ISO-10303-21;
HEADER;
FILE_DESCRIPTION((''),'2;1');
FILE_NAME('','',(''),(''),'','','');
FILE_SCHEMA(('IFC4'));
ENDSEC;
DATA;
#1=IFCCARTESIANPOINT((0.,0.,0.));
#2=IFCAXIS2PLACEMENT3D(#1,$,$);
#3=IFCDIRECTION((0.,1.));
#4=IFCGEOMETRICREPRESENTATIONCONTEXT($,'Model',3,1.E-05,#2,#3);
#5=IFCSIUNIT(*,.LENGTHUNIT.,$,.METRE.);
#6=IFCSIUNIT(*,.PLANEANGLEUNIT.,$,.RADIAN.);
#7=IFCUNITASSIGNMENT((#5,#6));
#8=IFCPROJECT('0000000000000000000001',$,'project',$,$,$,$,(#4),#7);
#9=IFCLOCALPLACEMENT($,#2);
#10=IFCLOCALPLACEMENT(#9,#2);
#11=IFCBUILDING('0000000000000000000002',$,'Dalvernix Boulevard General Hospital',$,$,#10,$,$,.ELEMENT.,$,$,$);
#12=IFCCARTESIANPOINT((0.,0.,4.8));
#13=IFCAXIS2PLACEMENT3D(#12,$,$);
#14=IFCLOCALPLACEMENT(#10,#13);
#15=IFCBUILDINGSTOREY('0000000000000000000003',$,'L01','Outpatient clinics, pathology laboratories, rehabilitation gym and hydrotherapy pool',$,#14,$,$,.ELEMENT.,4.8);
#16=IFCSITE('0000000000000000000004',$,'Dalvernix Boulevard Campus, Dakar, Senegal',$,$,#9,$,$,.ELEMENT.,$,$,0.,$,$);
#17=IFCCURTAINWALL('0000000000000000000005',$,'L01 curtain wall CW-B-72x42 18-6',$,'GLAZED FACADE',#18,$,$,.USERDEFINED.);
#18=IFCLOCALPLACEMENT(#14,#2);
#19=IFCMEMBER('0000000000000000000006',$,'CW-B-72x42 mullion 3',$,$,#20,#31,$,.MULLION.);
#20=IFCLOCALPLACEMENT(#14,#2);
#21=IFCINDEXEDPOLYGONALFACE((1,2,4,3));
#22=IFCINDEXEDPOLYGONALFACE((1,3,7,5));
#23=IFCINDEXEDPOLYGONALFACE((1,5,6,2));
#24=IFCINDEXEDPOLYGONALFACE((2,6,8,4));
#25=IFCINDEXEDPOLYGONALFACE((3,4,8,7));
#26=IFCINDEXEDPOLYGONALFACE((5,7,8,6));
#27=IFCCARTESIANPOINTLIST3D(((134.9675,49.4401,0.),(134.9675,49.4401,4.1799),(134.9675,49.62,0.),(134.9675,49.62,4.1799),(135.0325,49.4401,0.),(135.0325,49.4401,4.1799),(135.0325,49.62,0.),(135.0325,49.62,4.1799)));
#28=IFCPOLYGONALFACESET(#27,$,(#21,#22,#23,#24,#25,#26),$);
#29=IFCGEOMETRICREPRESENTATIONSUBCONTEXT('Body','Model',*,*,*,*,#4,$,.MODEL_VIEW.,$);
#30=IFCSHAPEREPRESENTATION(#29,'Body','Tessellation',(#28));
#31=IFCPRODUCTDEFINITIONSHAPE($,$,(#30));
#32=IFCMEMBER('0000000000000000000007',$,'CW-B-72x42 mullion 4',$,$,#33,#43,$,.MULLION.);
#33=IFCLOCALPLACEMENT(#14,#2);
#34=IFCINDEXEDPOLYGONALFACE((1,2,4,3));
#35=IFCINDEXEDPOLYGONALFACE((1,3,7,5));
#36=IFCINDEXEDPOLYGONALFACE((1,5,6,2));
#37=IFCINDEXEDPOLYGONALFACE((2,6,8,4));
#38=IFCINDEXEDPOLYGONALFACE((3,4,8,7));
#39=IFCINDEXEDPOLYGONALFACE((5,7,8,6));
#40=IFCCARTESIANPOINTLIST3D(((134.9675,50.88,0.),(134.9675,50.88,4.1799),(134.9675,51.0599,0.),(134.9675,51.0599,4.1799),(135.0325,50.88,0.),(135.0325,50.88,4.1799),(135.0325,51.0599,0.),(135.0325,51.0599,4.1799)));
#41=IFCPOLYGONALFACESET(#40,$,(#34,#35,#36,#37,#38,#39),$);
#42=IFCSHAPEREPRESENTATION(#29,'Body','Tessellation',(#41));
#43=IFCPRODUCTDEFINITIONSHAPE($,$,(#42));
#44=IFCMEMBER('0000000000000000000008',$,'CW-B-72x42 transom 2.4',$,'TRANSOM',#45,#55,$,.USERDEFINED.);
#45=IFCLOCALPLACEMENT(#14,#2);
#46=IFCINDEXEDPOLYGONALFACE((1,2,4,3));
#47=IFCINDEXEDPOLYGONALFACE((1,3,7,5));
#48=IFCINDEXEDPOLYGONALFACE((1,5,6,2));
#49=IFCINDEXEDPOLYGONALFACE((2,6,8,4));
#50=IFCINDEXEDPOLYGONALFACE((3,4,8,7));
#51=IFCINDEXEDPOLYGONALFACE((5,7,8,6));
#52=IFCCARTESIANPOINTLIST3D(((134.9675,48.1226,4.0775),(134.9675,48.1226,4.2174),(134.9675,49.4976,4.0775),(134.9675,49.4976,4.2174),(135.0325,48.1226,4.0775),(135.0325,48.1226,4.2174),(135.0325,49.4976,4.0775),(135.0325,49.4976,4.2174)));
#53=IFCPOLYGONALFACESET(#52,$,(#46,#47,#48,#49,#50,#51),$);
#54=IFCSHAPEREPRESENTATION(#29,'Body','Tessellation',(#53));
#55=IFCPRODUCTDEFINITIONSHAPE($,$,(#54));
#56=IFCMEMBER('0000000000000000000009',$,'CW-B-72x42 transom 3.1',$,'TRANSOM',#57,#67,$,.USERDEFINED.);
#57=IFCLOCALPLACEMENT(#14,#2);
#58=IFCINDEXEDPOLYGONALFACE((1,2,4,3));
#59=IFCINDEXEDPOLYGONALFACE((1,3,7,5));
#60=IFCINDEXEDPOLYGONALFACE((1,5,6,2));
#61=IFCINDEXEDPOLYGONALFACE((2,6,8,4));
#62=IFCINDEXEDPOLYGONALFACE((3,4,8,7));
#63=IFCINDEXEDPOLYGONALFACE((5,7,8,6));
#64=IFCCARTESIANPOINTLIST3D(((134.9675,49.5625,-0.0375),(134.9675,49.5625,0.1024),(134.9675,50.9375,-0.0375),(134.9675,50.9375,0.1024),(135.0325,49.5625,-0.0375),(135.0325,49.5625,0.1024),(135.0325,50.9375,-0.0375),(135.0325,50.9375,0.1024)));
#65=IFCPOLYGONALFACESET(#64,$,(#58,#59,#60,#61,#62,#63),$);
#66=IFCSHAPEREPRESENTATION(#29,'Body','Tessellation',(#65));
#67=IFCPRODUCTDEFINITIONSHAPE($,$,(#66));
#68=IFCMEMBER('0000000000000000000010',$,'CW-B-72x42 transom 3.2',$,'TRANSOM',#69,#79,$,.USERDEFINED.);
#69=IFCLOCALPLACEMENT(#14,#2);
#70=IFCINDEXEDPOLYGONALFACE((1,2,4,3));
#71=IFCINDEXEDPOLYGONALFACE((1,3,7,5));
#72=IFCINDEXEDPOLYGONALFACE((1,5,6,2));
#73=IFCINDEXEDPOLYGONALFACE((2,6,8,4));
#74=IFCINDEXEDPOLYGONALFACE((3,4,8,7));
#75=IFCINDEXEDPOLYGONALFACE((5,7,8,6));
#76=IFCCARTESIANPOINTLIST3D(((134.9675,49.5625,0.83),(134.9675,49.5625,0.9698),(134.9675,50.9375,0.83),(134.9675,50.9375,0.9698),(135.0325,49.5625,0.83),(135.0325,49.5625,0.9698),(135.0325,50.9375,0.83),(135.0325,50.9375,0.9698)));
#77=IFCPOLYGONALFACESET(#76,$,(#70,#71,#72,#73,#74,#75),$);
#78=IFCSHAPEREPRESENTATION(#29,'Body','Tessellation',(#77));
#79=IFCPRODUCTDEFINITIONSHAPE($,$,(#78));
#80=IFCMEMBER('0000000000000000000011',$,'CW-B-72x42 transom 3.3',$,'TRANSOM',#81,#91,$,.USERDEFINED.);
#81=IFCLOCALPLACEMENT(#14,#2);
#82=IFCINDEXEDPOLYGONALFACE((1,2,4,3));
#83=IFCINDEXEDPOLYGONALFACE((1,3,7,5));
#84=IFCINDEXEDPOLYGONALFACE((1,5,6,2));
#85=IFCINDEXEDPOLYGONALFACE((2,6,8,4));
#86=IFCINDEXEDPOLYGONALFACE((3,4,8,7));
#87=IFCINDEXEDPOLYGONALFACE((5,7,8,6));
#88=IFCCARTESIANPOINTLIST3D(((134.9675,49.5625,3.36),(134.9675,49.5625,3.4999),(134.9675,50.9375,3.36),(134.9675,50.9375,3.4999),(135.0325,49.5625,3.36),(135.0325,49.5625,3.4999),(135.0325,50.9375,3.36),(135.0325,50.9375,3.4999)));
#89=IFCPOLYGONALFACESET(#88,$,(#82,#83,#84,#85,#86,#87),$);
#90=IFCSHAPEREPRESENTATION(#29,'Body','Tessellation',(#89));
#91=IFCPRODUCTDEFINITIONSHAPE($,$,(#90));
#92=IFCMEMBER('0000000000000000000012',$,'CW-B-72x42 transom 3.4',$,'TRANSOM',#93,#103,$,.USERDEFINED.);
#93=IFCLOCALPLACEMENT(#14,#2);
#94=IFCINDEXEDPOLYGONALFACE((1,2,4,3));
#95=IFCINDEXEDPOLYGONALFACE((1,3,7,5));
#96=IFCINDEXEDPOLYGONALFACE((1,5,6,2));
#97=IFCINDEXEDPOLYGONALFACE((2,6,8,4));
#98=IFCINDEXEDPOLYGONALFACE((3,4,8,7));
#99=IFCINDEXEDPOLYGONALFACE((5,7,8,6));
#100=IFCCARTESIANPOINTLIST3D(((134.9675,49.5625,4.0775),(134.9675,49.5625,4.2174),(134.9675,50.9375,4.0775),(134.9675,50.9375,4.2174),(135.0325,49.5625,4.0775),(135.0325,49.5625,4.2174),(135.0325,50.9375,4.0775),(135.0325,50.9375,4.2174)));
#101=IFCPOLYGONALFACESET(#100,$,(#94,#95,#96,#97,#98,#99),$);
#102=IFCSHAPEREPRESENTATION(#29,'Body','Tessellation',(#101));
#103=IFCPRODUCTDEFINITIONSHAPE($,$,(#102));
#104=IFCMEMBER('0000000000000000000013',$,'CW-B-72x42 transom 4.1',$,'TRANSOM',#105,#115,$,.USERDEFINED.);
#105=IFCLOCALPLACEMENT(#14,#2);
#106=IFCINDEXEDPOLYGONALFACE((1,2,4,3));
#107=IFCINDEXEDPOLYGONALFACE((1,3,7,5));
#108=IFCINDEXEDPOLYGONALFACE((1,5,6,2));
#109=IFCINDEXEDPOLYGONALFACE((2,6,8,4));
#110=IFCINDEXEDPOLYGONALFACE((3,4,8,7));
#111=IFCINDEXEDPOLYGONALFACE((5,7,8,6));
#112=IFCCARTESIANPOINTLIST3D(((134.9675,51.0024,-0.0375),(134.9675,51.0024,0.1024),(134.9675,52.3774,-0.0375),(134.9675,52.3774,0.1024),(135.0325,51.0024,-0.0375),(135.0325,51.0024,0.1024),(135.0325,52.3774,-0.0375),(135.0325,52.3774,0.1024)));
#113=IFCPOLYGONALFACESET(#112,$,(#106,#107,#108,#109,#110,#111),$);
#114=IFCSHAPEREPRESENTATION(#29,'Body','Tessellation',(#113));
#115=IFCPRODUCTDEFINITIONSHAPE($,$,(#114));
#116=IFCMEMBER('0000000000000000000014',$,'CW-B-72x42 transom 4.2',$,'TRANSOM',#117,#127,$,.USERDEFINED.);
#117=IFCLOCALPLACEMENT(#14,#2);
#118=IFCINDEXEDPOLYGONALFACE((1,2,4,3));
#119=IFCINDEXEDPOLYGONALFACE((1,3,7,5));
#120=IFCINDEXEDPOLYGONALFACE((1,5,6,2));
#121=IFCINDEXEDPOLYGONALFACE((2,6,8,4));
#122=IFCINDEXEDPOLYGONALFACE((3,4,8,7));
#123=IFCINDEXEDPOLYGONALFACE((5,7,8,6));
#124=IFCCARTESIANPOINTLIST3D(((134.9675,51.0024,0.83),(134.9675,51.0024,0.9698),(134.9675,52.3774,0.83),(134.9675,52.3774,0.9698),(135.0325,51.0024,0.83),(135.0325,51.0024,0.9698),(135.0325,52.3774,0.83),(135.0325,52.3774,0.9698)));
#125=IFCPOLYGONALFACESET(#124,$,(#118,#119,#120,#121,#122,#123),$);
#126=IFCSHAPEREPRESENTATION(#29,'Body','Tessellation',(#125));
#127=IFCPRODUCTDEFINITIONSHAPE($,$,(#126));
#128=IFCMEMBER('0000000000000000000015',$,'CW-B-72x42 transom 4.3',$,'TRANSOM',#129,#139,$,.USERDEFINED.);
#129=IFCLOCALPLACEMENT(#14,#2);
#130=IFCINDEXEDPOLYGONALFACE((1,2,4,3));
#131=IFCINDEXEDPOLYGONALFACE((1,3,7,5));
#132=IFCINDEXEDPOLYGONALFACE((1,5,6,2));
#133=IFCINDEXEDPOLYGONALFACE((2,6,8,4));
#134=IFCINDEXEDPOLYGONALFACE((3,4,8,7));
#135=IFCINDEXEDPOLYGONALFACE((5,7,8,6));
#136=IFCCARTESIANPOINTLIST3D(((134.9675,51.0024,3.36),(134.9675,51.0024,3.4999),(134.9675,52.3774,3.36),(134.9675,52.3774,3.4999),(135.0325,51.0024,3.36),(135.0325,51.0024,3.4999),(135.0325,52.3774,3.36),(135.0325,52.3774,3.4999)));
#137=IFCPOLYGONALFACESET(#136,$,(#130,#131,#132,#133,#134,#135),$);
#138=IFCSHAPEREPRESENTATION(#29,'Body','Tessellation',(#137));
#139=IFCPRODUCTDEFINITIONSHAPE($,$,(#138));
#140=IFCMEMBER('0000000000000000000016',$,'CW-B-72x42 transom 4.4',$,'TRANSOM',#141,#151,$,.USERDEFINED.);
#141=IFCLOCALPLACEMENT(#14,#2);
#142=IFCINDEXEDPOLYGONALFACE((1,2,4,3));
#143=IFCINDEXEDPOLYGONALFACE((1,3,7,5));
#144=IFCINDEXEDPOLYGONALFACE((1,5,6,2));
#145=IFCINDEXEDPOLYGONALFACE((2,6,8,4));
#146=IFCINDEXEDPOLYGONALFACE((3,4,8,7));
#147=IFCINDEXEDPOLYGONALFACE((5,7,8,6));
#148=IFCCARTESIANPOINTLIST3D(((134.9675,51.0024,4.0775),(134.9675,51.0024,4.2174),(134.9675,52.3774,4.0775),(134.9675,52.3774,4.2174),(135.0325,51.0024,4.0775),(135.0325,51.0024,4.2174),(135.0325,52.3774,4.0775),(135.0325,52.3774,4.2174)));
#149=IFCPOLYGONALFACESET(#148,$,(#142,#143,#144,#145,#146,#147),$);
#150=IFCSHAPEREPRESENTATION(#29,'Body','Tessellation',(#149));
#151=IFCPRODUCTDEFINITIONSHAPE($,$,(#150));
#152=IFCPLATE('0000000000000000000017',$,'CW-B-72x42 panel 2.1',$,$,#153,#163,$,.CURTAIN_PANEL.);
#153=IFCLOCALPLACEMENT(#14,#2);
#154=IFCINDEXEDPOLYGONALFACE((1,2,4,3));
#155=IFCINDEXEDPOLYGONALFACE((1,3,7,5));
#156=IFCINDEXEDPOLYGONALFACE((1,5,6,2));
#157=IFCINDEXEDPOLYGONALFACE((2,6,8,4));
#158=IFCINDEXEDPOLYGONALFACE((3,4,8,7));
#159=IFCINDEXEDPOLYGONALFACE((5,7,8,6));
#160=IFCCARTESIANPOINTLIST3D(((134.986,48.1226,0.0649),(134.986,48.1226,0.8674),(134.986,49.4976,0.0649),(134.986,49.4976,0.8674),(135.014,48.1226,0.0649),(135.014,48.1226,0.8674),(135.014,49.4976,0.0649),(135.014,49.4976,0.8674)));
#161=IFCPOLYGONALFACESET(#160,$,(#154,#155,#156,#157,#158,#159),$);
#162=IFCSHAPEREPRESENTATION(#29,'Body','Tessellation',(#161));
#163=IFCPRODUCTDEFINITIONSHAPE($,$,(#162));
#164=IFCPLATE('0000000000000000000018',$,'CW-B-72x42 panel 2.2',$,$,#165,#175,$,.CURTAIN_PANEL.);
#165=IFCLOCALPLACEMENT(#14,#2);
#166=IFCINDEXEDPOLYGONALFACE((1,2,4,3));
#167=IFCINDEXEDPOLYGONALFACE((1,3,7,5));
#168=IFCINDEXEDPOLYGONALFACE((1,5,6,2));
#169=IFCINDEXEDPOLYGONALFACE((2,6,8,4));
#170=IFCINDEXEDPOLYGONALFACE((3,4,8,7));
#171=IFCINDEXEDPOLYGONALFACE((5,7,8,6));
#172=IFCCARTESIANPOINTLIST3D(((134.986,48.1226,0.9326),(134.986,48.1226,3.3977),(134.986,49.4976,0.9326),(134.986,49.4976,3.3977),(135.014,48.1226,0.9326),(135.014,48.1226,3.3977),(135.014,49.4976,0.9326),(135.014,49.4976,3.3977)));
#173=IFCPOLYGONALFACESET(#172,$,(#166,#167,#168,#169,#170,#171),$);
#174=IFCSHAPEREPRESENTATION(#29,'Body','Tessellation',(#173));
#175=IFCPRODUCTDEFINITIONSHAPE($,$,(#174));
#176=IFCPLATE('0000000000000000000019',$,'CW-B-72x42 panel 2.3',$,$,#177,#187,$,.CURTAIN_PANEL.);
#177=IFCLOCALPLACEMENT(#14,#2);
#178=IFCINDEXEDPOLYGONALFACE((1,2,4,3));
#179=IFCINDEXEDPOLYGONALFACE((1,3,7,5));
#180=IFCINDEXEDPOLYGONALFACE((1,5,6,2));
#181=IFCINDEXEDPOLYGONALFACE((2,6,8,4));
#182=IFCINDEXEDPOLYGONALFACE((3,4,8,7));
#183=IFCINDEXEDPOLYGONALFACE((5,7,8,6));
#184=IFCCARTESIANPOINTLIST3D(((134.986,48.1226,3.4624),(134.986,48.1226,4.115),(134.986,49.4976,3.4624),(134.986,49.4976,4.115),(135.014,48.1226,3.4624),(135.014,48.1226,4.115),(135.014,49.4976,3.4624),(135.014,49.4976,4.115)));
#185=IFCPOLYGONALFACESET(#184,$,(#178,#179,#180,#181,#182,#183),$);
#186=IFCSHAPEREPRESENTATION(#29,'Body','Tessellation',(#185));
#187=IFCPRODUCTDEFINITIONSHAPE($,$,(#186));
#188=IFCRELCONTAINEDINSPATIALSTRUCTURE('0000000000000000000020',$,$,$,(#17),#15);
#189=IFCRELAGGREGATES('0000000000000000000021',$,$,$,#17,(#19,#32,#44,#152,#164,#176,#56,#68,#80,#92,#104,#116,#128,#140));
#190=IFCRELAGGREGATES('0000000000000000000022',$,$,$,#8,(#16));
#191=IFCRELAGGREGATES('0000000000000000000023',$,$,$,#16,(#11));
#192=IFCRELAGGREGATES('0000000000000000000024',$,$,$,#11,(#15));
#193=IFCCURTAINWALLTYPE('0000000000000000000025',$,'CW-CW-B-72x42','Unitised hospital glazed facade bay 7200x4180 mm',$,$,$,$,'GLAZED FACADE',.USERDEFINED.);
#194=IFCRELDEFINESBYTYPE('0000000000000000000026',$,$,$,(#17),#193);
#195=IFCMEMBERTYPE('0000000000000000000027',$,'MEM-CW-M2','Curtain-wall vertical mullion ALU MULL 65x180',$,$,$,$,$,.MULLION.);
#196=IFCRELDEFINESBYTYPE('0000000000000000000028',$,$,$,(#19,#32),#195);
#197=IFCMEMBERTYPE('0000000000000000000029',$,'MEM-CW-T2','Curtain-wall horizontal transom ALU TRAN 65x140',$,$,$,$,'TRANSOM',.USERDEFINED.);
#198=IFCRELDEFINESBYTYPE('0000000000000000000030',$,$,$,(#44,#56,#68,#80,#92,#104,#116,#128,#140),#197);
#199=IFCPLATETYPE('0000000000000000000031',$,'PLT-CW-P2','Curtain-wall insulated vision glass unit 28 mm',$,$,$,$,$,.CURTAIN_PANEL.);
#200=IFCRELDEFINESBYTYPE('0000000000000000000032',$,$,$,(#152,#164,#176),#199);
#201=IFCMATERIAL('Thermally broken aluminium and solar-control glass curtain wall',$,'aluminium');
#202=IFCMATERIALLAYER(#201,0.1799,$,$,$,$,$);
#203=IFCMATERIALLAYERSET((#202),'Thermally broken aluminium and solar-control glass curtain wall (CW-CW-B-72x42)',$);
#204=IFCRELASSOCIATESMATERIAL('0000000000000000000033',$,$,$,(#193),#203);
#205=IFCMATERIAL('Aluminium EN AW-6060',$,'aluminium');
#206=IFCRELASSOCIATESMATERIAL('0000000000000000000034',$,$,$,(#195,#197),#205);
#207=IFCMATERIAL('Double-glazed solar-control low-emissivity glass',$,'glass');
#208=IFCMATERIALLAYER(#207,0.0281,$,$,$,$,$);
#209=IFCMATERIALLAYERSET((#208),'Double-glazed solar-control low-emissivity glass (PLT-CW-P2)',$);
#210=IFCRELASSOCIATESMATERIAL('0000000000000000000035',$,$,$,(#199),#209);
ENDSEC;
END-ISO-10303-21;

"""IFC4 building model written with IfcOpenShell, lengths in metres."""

from ifc_helpers import new_model, si_unit, direction, frame, origin, origin_2d, place, context, subcontext, project, spatial, rectangle, extrude, material, layer, layer_set, material_profile, profile_set, type_object, element, aggregate, save


model = new_model("IFC4")

# Units and contexts
model_context = context("Model", 3, precision=1e-05, world=origin(), true_north=direction((0.0, 1.0)))
body_context = subcontext(model_context, "Body", "Model", "MODEL_VIEW")
ifc_project = project(units=[si_unit("LENGTHUNIT", "METRE"), si_unit("PLANEANGLEUNIT", "RADIAN")], contexts=[model_context])

# Site, building, storey
site_placement = place(None, origin())
site = spatial("IfcSite", under=ifc_project, at=site_placement, Name="Dalvernix Boulevard Campus, Dakar, Senegal", CompositionType="ELEMENT", RefElevation=0.0)
building_placement = place(site_placement, origin())
building = spatial("IfcBuilding", under=site, at=building_placement, Name="Dalvernix Boulevard General Hospital", CompositionType="ELEMENT")
storey_placement = place(building_placement, frame((0.0, 0.0, 4.8)))
storey = spatial("IfcBuildingStorey", under=building, at=storey_placement, Name="L01", Description="Outpatient clinics, pathology laboratories, rehabilitation gym and hydrotherapy pool", CompositionType="ELEMENT", Elevation=4.8)

# Curtain wall, members, plates
ifc_material_1 = material(Name="Thermally broken aluminium and solar-control glass curtain wall", Category="aluminium")
ifc_layer_1 = layer(ifc_material_1, 0.1799)
ifc_layer_set_1 = layer_set([ifc_layer_1], Name="Thermally broken aluminium and solar-control glass curtain wall (CW-CW-B-72x42)")
curtain_wall_type = type_object("IfcCurtainWallType", Name="CW-CW-B-72x42", Description="Unitised hospital glazed facade bay 7200x4180 mm", ElementType="GLAZED FACADE", PredefinedType="USERDEFINED", material=ifc_layer_set_1)
curtain_wall_placement = place(storey_placement, origin())
curtain_wall = element("IfcCurtainWall", 1, at=curtain_wall_placement, inside=storey, type_object=curtain_wall_type, Name="L01 curtain wall CW-B-72x42 18-6", ObjectType="GLAZED FACADE", PredefinedType="USERDEFINED")
ifc_material_2 = material(Name="Aluminium EN AW-6060", Category="aluminium")
ifc_material_profile_1 = material_profile(ifc_material_2, rectangle(XDim=0.0649, YDim=0.1799, at=origin_2d()), Name="ALU MULL 65x180")
ifc_profile_set_1 = profile_set([ifc_material_profile_1], Name="Aluminium EN AW-6060")
member_type_1 = type_object("IfcMemberType", Name="MEM-CW-M2", Description="Curtain-wall vertical mullion ALU MULL 65x180", PredefinedType="MULLION", material=ifc_profile_set_1)
member_1_placement = place(storey_placement, frame((135.0, 49.53, 0.0), z_axis=(0.0, 0.0, 1.0), x_axis=(-1.0, 0.0, 0.0)))
member_1 = element("IfcMember", 2, at=member_1_placement, type_object=member_type_1, Name="CW-B-72x42 mullion 3", PredefinedType="MULLION", context=body_context, shape_type="SweptSolid", body=[
    extrude(rectangle(XDim=0.0649, YDim=0.1799, at=origin_2d()), origin(), (0.0, 0.0, 1.0), 4.1799),
])
member_2_placement = place(storey_placement, frame((135.0, 50.97, 0.0), z_axis=(0.0, 0.0, 1.0), x_axis=(-1.0, 0.0, 0.0)))
member_2 = element("IfcMember", 3, at=member_2_placement, type_object=member_type_1, Name="CW-B-72x42 mullion 4", PredefinedType="MULLION", context=body_context, shape_type="SweptSolid", body=[
    extrude(rectangle(XDim=0.0649, YDim=0.1799, at=origin_2d()), origin(), (0.0, 0.0, 1.0), 4.1799),
])
ifc_material_profile_2 = material_profile(ifc_material_2, rectangle(XDim=0.0649, YDim=0.1399, at=origin_2d()), Name="ALU TRAN 65x140")
ifc_profile_set_2 = profile_set([ifc_material_profile_2], Name="Aluminium EN AW-6060")
member_type_2 = type_object("IfcMemberType", Name="MEM-CW-T2", Description="Curtain-wall horizontal transom ALU TRAN 65x140", ElementType="TRANSOM", PredefinedType="USERDEFINED", material=ifc_profile_set_2)
member_3_placement = place(storey_placement, frame((135.0, 48.1226, 4.1475), z_axis=(0.0, 1.0, 0.0), x_axis=(-1.0, 0.0, 0.0)))
member_3 = element("IfcMember", 4, at=member_3_placement, type_object=member_type_2, Name="CW-B-72x42 transom 2.4", ObjectType="TRANSOM", PredefinedType="USERDEFINED", context=body_context, shape_type="SweptSolid", body=[
    extrude(rectangle(XDim=0.0649, YDim=0.1399, at=origin_2d()), origin(), (0.0, 0.0, 1.0), 1.375),
])
member_4_placement = place(storey_placement, frame((135.0, 49.5625, 0.0325), z_axis=(0.0, 1.0, 0.0), x_axis=(-1.0, 0.0, 0.0)))
member_4 = element("IfcMember", 5, at=member_4_placement, type_object=member_type_2, Name="CW-B-72x42 transom 3.1", ObjectType="TRANSOM", PredefinedType="USERDEFINED", context=body_context, shape_type="SweptSolid", body=[
    extrude(rectangle(XDim=0.0649, YDim=0.1399, at=origin_2d()), origin(), (0.0, 0.0, 1.0), 1.375),
])
member_5_placement = place(storey_placement, frame((135.0, 49.5625, 0.8999), z_axis=(0.0, 1.0, 0.0), x_axis=(-1.0, 0.0, 0.0)))
member_5 = element("IfcMember", 6, at=member_5_placement, type_object=member_type_2, Name="CW-B-72x42 transom 3.2", ObjectType="TRANSOM", PredefinedType="USERDEFINED", context=body_context, shape_type="SweptSolid", body=[
    extrude(rectangle(XDim=0.0649, YDim=0.1399, at=origin_2d()), origin(), (0.0, 0.0, 1.0), 1.375),
])
member_6_placement = place(storey_placement, frame((135.0, 49.5625, 3.4299), z_axis=(0.0, 1.0, 0.0), x_axis=(-1.0, 0.0, 0.0)))
member_6 = element("IfcMember", 7, at=member_6_placement, type_object=member_type_2, Name="CW-B-72x42 transom 3.3", ObjectType="TRANSOM", PredefinedType="USERDEFINED", context=body_context, shape_type="SweptSolid", body=[
    extrude(rectangle(XDim=0.0649, YDim=0.1399, at=origin_2d()), origin(), (0.0, 0.0, 1.0), 1.375),
])
member_7_placement = place(storey_placement, frame((135.0, 49.5625, 4.1475), z_axis=(0.0, 1.0, 0.0), x_axis=(-1.0, 0.0, 0.0)))
member_7 = element("IfcMember", 8, at=member_7_placement, type_object=member_type_2, Name="CW-B-72x42 transom 3.4", ObjectType="TRANSOM", PredefinedType="USERDEFINED", context=body_context, shape_type="SweptSolid", body=[
    extrude(rectangle(XDim=0.0649, YDim=0.1399, at=origin_2d()), origin(), (0.0, 0.0, 1.0), 1.375),
])
member_8_placement = place(storey_placement, frame((135.0, 51.0024, 0.0325), z_axis=(0.0, 1.0, 0.0), x_axis=(-1.0, 0.0, 0.0)))
member_8 = element("IfcMember", 9, at=member_8_placement, type_object=member_type_2, Name="CW-B-72x42 transom 4.1", ObjectType="TRANSOM", PredefinedType="USERDEFINED", context=body_context, shape_type="SweptSolid", body=[
    extrude(rectangle(XDim=0.0649, YDim=0.1399, at=origin_2d()), origin(), (0.0, 0.0, 1.0), 1.375),
])
member_9_placement = place(storey_placement, frame((135.0, 51.0024, 0.8999), z_axis=(0.0, 1.0, 0.0), x_axis=(-1.0, 0.0, 0.0)))
member_9 = element("IfcMember", 10, at=member_9_placement, type_object=member_type_2, Name="CW-B-72x42 transom 4.2", ObjectType="TRANSOM", PredefinedType="USERDEFINED", context=body_context, shape_type="SweptSolid", body=[
    extrude(rectangle(XDim=0.0649, YDim=0.1399, at=origin_2d()), origin(), (0.0, 0.0, 1.0), 1.375),
])
member_10_placement = place(storey_placement, frame((135.0, 51.0024, 3.4299), z_axis=(0.0, 1.0, 0.0), x_axis=(-1.0, 0.0, 0.0)))
member_10 = element("IfcMember", 11, at=member_10_placement, type_object=member_type_2, Name="CW-B-72x42 transom 4.3", ObjectType="TRANSOM", PredefinedType="USERDEFINED", context=body_context, shape_type="SweptSolid", body=[
    extrude(rectangle(XDim=0.0649, YDim=0.1399, at=origin_2d()), origin(), (0.0, 0.0, 1.0), 1.375),
])
member_11_placement = place(storey_placement, frame((135.0, 51.0024, 4.1475), z_axis=(0.0, 1.0, 0.0), x_axis=(-1.0, 0.0, 0.0)))
member_11 = element("IfcMember", 12, at=member_11_placement, type_object=member_type_2, Name="CW-B-72x42 transom 4.4", ObjectType="TRANSOM", PredefinedType="USERDEFINED", context=body_context, shape_type="SweptSolid", body=[
    extrude(rectangle(XDim=0.0649, YDim=0.1399, at=origin_2d()), origin(), (0.0, 0.0, 1.0), 1.375),
])
ifc_material_3 = material(Name="Double-glazed solar-control low-emissivity glass", Category="glass")
ifc_layer_2 = layer(ifc_material_3, 0.0281)
ifc_layer_set_2 = layer_set([ifc_layer_2], Name="Double-glazed solar-control low-emissivity glass (PLT-CW-P2)")
plate_type = type_object("IfcPlateType", Name="PLT-CW-P2", Description="Curtain-wall insulated vision glass unit 28 mm", PredefinedType="CURTAIN_PANEL", material=ifc_layer_set_2)
plate_1_placement = place(storey_placement, frame((135.0, 48.8101, 0.0649), z_axis=(0.0, 0.0, 1.0), x_axis=(0.0, 1.0, 0.0)))
plate_1 = element("IfcPlate", 13, at=plate_1_placement, type_object=plate_type, Name="CW-B-72x42 panel 2.1", PredefinedType="CURTAIN_PANEL", context=body_context, shape_type="SweptSolid", body=[
    extrude(rectangle(XDim=1.375, YDim=0.0281, at=origin_2d()), origin(), (0.0, 0.0, 1.0), 0.8025),
])
plate_2_placement = place(storey_placement, frame((135.0, 48.8101, 0.9326), z_axis=(0.0, 0.0, 1.0), x_axis=(0.0, 1.0, 0.0)))
plate_2 = element("IfcPlate", 14, at=plate_2_placement, type_object=plate_type, Name="CW-B-72x42 panel 2.2", PredefinedType="CURTAIN_PANEL", context=body_context, shape_type="SweptSolid", body=[
    extrude(rectangle(XDim=1.375, YDim=0.0281, at=origin_2d()), origin(), (0.0, 0.0, 1.0), 2.4651),
])
plate_3_placement = place(storey_placement, frame((135.0, 48.8101, 3.4624), z_axis=(0.0, 0.0, 1.0), x_axis=(0.0, 1.0, 0.0)))
plate_3 = element("IfcPlate", 15, at=plate_3_placement, type_object=plate_type, Name="CW-B-72x42 panel 2.3", PredefinedType="CURTAIN_PANEL", context=body_context, shape_type="SweptSolid", body=[
    extrude(rectangle(XDim=1.375, YDim=0.0281, at=origin_2d()), origin(), (0.0, 0.0, 1.0), 0.6526),
])
aggregate(curtain_wall, [member_1, member_2, member_3, plate_1, plate_2, plate_3, member_4, member_5, member_6, member_7, member_8, member_9, member_10, member_11])

save(model, "model.ifc")
